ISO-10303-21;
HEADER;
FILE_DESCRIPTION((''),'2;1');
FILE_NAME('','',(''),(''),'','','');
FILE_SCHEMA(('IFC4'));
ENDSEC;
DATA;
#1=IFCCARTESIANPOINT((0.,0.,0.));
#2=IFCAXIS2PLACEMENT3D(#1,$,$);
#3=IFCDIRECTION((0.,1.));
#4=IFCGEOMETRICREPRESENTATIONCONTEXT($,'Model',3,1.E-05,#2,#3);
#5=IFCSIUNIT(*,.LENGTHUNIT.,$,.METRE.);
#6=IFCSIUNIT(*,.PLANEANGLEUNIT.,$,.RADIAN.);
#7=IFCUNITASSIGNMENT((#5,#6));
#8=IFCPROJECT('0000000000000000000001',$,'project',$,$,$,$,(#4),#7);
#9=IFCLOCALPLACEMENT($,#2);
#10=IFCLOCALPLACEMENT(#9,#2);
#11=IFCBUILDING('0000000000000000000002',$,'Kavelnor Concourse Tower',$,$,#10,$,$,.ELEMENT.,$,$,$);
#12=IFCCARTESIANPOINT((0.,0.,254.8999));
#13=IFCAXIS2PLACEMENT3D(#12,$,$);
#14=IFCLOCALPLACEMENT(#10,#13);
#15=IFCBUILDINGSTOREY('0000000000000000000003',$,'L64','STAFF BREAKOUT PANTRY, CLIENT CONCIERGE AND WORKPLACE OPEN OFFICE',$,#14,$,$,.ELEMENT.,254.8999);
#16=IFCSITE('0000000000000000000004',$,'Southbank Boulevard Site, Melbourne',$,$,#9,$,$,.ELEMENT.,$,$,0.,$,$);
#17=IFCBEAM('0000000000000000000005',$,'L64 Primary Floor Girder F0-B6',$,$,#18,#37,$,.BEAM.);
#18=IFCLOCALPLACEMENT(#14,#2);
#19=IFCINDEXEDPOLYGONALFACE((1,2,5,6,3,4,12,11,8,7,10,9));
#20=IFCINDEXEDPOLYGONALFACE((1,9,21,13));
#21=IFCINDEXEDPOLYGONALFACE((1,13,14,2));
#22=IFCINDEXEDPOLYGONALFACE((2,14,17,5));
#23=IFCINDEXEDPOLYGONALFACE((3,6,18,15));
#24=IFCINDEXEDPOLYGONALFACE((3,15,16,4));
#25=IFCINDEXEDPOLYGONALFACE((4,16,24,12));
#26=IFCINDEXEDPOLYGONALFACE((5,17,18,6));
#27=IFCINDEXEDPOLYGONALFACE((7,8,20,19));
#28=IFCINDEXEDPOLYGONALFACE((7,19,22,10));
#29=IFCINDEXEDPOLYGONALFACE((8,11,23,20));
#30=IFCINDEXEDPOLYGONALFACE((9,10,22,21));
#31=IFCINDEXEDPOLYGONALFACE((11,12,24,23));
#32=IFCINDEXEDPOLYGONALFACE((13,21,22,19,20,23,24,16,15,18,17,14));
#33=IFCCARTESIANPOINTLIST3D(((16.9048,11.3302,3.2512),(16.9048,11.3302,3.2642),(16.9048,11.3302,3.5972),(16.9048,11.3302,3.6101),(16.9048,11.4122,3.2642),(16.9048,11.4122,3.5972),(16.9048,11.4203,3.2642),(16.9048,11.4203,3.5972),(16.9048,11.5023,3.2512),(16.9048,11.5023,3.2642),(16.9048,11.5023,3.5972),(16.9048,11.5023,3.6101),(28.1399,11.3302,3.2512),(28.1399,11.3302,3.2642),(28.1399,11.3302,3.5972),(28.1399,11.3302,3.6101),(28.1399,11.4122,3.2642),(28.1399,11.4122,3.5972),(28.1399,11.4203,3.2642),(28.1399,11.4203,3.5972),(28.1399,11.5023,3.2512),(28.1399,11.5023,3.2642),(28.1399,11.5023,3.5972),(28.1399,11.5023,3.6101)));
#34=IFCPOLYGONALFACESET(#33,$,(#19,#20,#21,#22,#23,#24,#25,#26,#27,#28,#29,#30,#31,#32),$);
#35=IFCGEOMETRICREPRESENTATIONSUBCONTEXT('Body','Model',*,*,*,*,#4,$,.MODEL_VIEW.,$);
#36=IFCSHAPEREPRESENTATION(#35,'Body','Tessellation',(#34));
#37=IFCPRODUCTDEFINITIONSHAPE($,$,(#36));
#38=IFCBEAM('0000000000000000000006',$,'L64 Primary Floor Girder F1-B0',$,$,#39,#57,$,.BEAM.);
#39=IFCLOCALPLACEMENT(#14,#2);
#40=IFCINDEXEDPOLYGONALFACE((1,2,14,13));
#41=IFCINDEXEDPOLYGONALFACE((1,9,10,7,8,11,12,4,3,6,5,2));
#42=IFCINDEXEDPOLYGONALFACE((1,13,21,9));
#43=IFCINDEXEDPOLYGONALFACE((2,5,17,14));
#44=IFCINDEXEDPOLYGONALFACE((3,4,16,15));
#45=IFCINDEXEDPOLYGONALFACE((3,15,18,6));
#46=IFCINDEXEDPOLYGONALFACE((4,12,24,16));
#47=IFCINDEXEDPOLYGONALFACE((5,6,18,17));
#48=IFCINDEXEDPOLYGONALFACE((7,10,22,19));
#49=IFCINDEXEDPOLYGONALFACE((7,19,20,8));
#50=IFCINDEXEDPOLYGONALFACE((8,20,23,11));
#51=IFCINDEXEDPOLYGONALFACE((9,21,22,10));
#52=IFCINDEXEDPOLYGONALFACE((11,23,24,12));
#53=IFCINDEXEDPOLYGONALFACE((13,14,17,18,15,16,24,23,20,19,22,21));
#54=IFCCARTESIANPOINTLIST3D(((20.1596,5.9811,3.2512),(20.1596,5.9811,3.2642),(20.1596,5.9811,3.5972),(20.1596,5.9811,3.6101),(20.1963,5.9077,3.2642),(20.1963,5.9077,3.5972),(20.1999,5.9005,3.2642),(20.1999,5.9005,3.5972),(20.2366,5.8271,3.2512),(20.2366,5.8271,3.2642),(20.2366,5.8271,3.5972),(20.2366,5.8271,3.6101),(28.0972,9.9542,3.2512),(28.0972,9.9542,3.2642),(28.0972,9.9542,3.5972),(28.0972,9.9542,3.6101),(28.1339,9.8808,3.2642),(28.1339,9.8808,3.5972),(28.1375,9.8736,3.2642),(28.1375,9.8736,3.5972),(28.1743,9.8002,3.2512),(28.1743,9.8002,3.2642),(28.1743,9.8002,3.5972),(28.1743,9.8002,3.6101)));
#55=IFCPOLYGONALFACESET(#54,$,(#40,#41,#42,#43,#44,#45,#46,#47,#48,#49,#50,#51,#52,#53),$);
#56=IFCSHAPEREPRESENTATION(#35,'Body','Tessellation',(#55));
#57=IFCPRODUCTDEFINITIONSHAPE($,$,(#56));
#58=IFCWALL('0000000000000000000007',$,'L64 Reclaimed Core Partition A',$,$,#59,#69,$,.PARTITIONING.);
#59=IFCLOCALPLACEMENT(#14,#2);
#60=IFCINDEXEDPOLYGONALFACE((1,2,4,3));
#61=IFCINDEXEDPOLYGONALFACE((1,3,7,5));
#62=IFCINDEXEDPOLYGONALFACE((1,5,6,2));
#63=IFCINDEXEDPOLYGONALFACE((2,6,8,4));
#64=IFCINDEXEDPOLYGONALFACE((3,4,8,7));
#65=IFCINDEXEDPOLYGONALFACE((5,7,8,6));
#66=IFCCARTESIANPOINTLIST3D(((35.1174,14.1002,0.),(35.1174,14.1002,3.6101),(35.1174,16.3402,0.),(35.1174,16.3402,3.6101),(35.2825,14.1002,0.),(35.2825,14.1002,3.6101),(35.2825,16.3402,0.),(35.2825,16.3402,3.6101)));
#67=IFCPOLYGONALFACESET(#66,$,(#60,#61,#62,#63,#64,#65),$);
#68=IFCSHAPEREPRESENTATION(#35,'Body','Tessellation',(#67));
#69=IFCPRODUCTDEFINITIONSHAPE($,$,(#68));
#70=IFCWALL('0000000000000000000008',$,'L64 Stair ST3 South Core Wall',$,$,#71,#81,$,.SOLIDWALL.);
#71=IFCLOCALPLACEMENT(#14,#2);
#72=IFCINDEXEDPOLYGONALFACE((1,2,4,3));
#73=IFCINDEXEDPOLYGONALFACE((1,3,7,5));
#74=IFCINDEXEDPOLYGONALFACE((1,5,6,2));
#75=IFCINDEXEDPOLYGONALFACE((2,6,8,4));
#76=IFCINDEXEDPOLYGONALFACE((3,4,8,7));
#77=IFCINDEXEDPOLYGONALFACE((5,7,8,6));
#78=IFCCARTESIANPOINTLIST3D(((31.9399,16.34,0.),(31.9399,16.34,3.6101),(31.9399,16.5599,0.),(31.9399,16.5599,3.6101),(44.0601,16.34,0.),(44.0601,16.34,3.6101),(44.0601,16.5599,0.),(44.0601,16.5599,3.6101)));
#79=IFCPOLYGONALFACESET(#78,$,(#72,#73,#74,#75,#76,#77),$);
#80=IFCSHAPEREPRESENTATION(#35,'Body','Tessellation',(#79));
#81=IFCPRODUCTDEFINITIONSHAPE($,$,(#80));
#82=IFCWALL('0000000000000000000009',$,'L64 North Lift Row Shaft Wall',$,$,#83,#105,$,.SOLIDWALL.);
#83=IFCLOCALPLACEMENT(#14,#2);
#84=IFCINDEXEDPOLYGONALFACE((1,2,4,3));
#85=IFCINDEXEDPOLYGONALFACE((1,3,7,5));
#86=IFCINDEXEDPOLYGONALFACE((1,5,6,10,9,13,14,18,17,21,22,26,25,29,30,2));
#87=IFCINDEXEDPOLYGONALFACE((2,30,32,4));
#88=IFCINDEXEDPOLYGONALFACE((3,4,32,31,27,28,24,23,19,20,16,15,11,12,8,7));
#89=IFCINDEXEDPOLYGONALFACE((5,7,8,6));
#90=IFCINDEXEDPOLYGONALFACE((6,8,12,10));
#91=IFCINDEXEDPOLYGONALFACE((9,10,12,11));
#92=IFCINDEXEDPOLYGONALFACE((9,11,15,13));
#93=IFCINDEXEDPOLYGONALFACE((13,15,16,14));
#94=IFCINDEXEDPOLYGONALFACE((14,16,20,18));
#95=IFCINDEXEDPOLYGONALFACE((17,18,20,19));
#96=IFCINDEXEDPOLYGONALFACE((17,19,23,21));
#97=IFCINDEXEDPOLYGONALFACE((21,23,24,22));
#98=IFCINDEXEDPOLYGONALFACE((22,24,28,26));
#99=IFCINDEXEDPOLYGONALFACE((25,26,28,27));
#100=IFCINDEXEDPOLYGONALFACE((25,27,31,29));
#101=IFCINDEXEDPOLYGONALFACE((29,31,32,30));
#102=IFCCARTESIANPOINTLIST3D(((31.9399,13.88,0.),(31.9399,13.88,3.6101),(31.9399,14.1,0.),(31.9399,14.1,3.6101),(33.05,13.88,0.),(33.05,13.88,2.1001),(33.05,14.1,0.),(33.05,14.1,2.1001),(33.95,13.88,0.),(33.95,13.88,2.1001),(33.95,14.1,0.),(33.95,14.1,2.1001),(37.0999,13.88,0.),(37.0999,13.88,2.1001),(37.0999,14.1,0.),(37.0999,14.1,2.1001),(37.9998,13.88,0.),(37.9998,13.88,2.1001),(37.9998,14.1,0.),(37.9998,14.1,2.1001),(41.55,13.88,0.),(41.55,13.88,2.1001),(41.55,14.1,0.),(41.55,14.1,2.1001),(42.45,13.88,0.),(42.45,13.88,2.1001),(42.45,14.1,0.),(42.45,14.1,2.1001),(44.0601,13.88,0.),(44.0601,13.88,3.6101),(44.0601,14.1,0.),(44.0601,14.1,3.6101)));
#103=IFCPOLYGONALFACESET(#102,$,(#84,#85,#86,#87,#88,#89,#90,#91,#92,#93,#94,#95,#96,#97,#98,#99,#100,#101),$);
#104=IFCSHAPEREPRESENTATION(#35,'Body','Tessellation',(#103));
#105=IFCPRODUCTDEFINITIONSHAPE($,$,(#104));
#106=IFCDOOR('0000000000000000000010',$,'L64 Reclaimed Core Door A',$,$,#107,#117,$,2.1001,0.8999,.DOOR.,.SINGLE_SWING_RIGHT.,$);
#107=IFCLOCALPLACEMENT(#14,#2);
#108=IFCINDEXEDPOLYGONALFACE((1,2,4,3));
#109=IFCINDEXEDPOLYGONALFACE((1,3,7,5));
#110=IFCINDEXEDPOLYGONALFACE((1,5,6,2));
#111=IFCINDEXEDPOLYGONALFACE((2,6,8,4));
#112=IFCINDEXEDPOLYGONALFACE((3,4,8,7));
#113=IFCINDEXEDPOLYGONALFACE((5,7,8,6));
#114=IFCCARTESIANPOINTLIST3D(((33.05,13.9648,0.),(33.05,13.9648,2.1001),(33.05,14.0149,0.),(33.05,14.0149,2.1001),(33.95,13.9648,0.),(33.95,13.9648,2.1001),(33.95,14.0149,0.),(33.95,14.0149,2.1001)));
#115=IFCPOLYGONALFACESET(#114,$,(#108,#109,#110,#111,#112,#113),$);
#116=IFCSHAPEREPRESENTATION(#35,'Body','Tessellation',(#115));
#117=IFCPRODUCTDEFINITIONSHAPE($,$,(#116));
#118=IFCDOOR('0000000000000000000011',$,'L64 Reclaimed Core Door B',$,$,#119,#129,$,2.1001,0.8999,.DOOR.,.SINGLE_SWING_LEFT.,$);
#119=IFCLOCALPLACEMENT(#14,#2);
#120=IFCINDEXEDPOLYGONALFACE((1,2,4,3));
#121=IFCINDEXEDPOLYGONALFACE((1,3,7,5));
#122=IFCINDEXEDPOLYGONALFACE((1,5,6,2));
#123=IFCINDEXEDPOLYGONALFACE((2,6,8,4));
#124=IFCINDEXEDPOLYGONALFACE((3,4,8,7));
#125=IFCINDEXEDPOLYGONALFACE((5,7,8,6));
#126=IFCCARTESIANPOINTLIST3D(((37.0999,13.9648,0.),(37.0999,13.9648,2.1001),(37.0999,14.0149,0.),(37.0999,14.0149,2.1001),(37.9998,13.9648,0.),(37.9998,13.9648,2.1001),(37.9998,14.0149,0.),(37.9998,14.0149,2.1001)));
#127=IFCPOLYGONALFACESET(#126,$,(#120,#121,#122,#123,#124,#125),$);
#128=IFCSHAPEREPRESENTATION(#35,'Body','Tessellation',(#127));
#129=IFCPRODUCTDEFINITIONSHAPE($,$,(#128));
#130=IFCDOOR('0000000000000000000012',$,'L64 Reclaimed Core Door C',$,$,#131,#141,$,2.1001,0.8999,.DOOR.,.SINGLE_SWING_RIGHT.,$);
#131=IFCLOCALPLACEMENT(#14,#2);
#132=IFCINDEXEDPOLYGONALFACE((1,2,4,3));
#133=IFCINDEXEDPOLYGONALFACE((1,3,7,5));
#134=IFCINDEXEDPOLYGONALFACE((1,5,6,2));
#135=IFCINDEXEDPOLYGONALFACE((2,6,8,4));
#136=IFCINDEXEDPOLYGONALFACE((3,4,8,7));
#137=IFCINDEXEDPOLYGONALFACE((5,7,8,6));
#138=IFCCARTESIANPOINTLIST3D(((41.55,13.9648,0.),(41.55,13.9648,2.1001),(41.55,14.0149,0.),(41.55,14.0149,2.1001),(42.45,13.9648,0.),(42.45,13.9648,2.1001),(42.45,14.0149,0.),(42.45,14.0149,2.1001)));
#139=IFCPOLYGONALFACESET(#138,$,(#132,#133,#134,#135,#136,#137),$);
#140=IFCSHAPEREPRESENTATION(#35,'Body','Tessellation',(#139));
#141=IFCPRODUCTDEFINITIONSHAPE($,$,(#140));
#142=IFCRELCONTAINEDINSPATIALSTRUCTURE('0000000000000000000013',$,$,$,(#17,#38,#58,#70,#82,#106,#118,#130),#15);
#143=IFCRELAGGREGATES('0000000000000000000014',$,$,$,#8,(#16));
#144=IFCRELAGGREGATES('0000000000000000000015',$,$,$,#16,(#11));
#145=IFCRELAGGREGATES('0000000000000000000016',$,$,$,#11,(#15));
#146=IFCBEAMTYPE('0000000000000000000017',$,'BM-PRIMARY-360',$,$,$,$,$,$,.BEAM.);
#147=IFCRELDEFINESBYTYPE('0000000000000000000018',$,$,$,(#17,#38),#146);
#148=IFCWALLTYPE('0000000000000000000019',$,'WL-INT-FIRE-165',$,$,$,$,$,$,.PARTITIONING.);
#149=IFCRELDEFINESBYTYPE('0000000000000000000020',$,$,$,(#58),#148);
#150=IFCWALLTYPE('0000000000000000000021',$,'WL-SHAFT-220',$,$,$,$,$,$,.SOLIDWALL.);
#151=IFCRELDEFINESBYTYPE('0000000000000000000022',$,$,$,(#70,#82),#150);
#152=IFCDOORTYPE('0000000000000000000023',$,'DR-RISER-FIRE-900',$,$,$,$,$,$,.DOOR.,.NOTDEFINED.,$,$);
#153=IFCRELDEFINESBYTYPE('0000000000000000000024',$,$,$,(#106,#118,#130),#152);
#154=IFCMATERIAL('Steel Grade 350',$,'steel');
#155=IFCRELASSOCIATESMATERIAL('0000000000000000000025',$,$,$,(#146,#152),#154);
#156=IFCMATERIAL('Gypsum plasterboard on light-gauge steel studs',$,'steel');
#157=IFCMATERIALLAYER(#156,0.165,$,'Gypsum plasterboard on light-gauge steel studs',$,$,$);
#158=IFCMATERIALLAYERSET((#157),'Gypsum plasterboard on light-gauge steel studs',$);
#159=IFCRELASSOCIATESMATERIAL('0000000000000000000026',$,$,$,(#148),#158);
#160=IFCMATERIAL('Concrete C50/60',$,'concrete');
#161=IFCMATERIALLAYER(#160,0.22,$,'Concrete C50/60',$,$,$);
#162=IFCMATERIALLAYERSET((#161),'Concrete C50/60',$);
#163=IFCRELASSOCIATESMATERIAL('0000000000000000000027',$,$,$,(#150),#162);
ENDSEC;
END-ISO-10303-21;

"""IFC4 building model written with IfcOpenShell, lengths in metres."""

from ifc_helpers import new_model, si_unit, direction, frame, frame_2d, origin, origin_2d, place, context, subcontext, project, spatial, rectangle, i_section, extrude, material, layer, layer_set, material_profile, profile_set, type_object, element, fill, save


model = new_model("IFC4")

# Units and contexts
model_context = context("Model", 3, precision=1e-05, world=origin(), true_north=direction((0.0, 1.0)))
body_context = subcontext(model_context, "Body", "Model", "MODEL_VIEW")
ifc_project = project(units=[si_unit("LENGTHUNIT", "METRE"), si_unit("PLANEANGLEUNIT", "RADIAN")], contexts=[model_context])

# Site, building, storey
site_placement = place(None, origin())
site = spatial("IfcSite", under=ifc_project, at=site_placement, Name="Southbank Boulevard Site, Melbourne", CompositionType="ELEMENT", RefElevation=0.0)
building_placement = place(site_placement, origin())
building = spatial("IfcBuilding", under=site, at=building_placement, Name="Kavelnor Concourse Tower", CompositionType="ELEMENT")
storey_placement = place(building_placement, frame((0.0, 0.0, 254.8999)))
storey = spatial("IfcBuildingStorey", under=building, at=storey_placement, Name="L64", Description="STAFF BREAKOUT PANTRY, CLIENT CONCIERGE AND WORKPLACE OPEN OFFICE", CompositionType="ELEMENT", Elevation=254.8999)

# Beams
ifc_material_1 = material(Name="Steel Grade 350", Category="steel")
ifc_material_profile = material_profile(ifc_material_1, i_section(OverallWidth=0.1721, OverallDepth=0.3589, WebThickness=0.0081, FlangeThickness=0.0129, at=origin_2d()), Name="360UB56")
ifc_profile_set = profile_set([ifc_material_profile], Name="Steel Grade 350")
beam_type = type_object("IfcBeamType", Name="BM-PRIMARY-360", PredefinedType="BEAM", material=ifc_profile_set)
beam_1_placement = place(storey_placement, frame((28.1399, 11.4163, 3.4307), z_axis=(-1.0, 0.0, 0.0), x_axis=(0.0, -1.0, 0.0)))
element("IfcBeam", 1, at=beam_1_placement, inside=storey, type_object=beam_type, Name="L64 Primary Floor Girder F0-B6", PredefinedType="BEAM", context=body_context, shape_type="SweptSolid", body=[
    extrude(i_section(OverallWidth=0.1721, OverallDepth=0.3589, WebThickness=0.0081, FlangeThickness=0.0129, at=origin_2d()), origin(), (0.0, 0.0, 1.0), 11.2351),
])
beam_2_placement = place(storey_placement, frame((28.1357, 9.8772, 3.4307), z_axis=(-0.894235, -0.447599, 0.0), x_axis=(0.447599, -0.894235, 0.0)))
element("IfcBeam", 2, at=beam_2_placement, inside=storey, type_object=beam_type, Name="L64 Primary Floor Girder F1-B0", PredefinedType="BEAM", context=body_context, shape_type="SweptSolid", body=[
    extrude(i_section(OverallWidth=0.1721, OverallDepth=0.3589, WebThickness=0.0081, FlangeThickness=0.0129, at=origin_2d()), origin(), (0.0, 0.0, 1.0), 8.8765),
])

# Walls
ifc_material_2 = material(Name="Gypsum plasterboard on light-gauge steel studs", Category="steel")
ifc_layer_1 = layer(ifc_material_2, 0.165, Name="Gypsum plasterboard on light-gauge steel studs")
ifc_layer_set_1 = layer_set([ifc_layer_1], Name="Gypsum plasterboard on light-gauge steel studs")
wall_type_1 = type_object("IfcWallType", Name="WL-INT-FIRE-165", PredefinedType="PARTITIONING", material=ifc_layer_set_1)
wall_1_placement = place(storey_placement, frame((35.2, 14.1001, 0.0), z_axis=(0.0, 0.0, 1.0), x_axis=(0.0, 1.0, 0.0)))
element("IfcWall", 3, at=wall_1_placement, inside=storey, type_object=wall_type_1, Name="L64 Reclaimed Core Partition A", PredefinedType="PARTITIONING", context=body_context, shape_type="SweptSolid", body=[
    extrude(rectangle(XDim=2.24, YDim=0.165, at=frame_2d((1.1201, 0.0))), origin(), (0.0, 0.0, 1.0), 3.6101),
])
ifc_material_3 = material(Name="Concrete C50/60", Category="concrete")
ifc_layer_2 = layer(ifc_material_3, 0.22, Name="Concrete C50/60")
ifc_layer_set_2 = layer_set([ifc_layer_2], Name="Concrete C50/60")
wall_type_2 = type_object("IfcWallType", Name="WL-SHAFT-220", PredefinedType="SOLIDWALL", material=ifc_layer_set_2)
wall_2_placement = place(storey_placement, frame((31.9399, 16.45, 0.0), z_axis=(0.0, 0.0, 1.0), x_axis=(1.0, 0.0, 0.0)))
element("IfcWall", 4, at=wall_2_placement, inside=storey, type_object=wall_type_2, Name="L64 Stair ST3 South Core Wall", PredefinedType="SOLIDWALL", context=body_context, shape_type="SweptSolid", body=[
    extrude(rectangle(XDim=12.1201, YDim=0.22, at=frame_2d((6.0601, 0.0))), origin(), (0.0, 0.0, 1.0), 3.6101),
])

# Wall, openings, doors
wall_3_placement = place(storey_placement, frame((31.9399, 13.99, 0.0), z_axis=(0.0, 0.0, 1.0), x_axis=(1.0, 0.0, 0.0)))
wall_3 = element("IfcWall", 5, at=wall_3_placement, inside=storey, type_object=wall_type_2, Name="L64 North Lift Row Shaft Wall", PredefinedType="SOLIDWALL", context=body_context, shape_type="SweptSolid", body=[
    extrude(rectangle(XDim=12.1201, YDim=0.22, at=frame_2d((6.0601, 0.0))), origin(), (0.0, 0.0, 1.0), 3.6101),
])
opening_1_placement = place(wall_3_placement, frame((1.1101, 0.0, 0.0)))
opening_1 = element("IfcOpeningElement", 6, at=opening_1_placement, cuts=wall_3, PredefinedType="OPENING", context=body_context, shape_type="SweptSolid", body=[
    extrude(rectangle(XDim=0.8999, YDim=2.1001, at=frame_2d((0.45, 1.05))), frame((0.0, 0.1201, 0.0), z_axis=(0.0, -1.0, 0.0), x_axis=(1.0, 0.0, 0.0)), (0.0, 0.0, 1.0), 0.24),
])
opening_2_placement = place(wall_3_placement, frame((5.1599, 0.0, 0.0)))
opening_2 = element("IfcOpeningElement", 7, at=opening_2_placement, cuts=wall_3, PredefinedType="OPENING", context=body_context, shape_type="SweptSolid", body=[
    extrude(rectangle(XDim=0.8999, YDim=2.1001, at=frame_2d((0.45, 1.05))), frame((0.0, 0.1201, 0.0), z_axis=(0.0, -1.0, 0.0), x_axis=(1.0, 0.0, 0.0)), (0.0, 0.0, 1.0), 0.24),
])
opening_3_placement = place(wall_3_placement, frame((9.6101, 0.0, 0.0)))
opening_3 = element("IfcOpeningElement", 8, at=opening_3_placement, cuts=wall_3, PredefinedType="OPENING", context=body_context, shape_type="SweptSolid", body=[
    extrude(rectangle(XDim=0.8999, YDim=2.1001, at=frame_2d((0.45, 1.05))), frame((0.0, 0.1201, 0.0), z_axis=(0.0, -1.0, 0.0), x_axis=(1.0, 0.0, 0.0)), (0.0, 0.0, 1.0), 0.24),
])
door_type_1 = type_object("IfcDoorType", Name="DR-RISER-FIRE-900", OperationType="NOTDEFINED", PredefinedType="DOOR", material=ifc_material_1)
door_1_placement = place(opening_1_placement, origin())
door_1 = element("IfcDoor", 9, at=door_1_placement, inside=storey, type_object=door_type_1, Name="L64 Reclaimed Core Door A", OperationType="SINGLE_SWING_RIGHT", OverallHeight=2.1001, OverallWidth=0.8999, PredefinedType="DOOR", context=body_context, shape_type="SweptSolid", body=[
    extrude(rectangle(XDim=0.8999, YDim=2.1001, at=frame_2d((0.45, 1.05))), frame((0.0, 0.0249, 0.0), z_axis=(0.0, -1.0, 0.0), x_axis=(1.0, 0.0, 0.0)), (0.0, 0.0, 1.0), 0.05),
])
fill(opening_1, door_1)
door_2_placement = place(opening_2_placement, origin())
door_2 = element("IfcDoor", 10, at=door_2_placement, inside=storey, type_object=door_type_1, Name="L64 Reclaimed Core Door B", OperationType="SINGLE_SWING_LEFT", OverallHeight=2.1001, OverallWidth=0.8999, PredefinedType="DOOR", context=body_context, shape_type="SweptSolid", body=[
    extrude(rectangle(XDim=0.8999, YDim=2.1001, at=frame_2d((0.45, 1.05))), frame((0.0, 0.0249, 0.0), z_axis=(0.0, -1.0, 0.0), x_axis=(1.0, 0.0, 0.0)), (0.0, 0.0, 1.0), 0.05),
])
fill(opening_2, door_2)
door_3_placement = place(opening_3_placement, origin())
door_3 = element("IfcDoor", 11, at=door_3_placement, inside=storey, type_object=door_type_1, Name="L64 Reclaimed Core Door C", OperationType="SINGLE_SWING_RIGHT", OverallHeight=2.1001, OverallWidth=0.8999, PredefinedType="DOOR", context=body_context, shape_type="SweptSolid", body=[
    extrude(rectangle(XDim=0.8999, YDim=2.1001, at=frame_2d((0.45, 1.05))), frame((0.0, 0.0249, 0.0), z_axis=(0.0, -1.0, 0.0), x_axis=(1.0, 0.0, 0.0)), (0.0, 0.0, 1.0), 0.05),
])
fill(opening_3, door_3)

save(model, "model.ifc")
